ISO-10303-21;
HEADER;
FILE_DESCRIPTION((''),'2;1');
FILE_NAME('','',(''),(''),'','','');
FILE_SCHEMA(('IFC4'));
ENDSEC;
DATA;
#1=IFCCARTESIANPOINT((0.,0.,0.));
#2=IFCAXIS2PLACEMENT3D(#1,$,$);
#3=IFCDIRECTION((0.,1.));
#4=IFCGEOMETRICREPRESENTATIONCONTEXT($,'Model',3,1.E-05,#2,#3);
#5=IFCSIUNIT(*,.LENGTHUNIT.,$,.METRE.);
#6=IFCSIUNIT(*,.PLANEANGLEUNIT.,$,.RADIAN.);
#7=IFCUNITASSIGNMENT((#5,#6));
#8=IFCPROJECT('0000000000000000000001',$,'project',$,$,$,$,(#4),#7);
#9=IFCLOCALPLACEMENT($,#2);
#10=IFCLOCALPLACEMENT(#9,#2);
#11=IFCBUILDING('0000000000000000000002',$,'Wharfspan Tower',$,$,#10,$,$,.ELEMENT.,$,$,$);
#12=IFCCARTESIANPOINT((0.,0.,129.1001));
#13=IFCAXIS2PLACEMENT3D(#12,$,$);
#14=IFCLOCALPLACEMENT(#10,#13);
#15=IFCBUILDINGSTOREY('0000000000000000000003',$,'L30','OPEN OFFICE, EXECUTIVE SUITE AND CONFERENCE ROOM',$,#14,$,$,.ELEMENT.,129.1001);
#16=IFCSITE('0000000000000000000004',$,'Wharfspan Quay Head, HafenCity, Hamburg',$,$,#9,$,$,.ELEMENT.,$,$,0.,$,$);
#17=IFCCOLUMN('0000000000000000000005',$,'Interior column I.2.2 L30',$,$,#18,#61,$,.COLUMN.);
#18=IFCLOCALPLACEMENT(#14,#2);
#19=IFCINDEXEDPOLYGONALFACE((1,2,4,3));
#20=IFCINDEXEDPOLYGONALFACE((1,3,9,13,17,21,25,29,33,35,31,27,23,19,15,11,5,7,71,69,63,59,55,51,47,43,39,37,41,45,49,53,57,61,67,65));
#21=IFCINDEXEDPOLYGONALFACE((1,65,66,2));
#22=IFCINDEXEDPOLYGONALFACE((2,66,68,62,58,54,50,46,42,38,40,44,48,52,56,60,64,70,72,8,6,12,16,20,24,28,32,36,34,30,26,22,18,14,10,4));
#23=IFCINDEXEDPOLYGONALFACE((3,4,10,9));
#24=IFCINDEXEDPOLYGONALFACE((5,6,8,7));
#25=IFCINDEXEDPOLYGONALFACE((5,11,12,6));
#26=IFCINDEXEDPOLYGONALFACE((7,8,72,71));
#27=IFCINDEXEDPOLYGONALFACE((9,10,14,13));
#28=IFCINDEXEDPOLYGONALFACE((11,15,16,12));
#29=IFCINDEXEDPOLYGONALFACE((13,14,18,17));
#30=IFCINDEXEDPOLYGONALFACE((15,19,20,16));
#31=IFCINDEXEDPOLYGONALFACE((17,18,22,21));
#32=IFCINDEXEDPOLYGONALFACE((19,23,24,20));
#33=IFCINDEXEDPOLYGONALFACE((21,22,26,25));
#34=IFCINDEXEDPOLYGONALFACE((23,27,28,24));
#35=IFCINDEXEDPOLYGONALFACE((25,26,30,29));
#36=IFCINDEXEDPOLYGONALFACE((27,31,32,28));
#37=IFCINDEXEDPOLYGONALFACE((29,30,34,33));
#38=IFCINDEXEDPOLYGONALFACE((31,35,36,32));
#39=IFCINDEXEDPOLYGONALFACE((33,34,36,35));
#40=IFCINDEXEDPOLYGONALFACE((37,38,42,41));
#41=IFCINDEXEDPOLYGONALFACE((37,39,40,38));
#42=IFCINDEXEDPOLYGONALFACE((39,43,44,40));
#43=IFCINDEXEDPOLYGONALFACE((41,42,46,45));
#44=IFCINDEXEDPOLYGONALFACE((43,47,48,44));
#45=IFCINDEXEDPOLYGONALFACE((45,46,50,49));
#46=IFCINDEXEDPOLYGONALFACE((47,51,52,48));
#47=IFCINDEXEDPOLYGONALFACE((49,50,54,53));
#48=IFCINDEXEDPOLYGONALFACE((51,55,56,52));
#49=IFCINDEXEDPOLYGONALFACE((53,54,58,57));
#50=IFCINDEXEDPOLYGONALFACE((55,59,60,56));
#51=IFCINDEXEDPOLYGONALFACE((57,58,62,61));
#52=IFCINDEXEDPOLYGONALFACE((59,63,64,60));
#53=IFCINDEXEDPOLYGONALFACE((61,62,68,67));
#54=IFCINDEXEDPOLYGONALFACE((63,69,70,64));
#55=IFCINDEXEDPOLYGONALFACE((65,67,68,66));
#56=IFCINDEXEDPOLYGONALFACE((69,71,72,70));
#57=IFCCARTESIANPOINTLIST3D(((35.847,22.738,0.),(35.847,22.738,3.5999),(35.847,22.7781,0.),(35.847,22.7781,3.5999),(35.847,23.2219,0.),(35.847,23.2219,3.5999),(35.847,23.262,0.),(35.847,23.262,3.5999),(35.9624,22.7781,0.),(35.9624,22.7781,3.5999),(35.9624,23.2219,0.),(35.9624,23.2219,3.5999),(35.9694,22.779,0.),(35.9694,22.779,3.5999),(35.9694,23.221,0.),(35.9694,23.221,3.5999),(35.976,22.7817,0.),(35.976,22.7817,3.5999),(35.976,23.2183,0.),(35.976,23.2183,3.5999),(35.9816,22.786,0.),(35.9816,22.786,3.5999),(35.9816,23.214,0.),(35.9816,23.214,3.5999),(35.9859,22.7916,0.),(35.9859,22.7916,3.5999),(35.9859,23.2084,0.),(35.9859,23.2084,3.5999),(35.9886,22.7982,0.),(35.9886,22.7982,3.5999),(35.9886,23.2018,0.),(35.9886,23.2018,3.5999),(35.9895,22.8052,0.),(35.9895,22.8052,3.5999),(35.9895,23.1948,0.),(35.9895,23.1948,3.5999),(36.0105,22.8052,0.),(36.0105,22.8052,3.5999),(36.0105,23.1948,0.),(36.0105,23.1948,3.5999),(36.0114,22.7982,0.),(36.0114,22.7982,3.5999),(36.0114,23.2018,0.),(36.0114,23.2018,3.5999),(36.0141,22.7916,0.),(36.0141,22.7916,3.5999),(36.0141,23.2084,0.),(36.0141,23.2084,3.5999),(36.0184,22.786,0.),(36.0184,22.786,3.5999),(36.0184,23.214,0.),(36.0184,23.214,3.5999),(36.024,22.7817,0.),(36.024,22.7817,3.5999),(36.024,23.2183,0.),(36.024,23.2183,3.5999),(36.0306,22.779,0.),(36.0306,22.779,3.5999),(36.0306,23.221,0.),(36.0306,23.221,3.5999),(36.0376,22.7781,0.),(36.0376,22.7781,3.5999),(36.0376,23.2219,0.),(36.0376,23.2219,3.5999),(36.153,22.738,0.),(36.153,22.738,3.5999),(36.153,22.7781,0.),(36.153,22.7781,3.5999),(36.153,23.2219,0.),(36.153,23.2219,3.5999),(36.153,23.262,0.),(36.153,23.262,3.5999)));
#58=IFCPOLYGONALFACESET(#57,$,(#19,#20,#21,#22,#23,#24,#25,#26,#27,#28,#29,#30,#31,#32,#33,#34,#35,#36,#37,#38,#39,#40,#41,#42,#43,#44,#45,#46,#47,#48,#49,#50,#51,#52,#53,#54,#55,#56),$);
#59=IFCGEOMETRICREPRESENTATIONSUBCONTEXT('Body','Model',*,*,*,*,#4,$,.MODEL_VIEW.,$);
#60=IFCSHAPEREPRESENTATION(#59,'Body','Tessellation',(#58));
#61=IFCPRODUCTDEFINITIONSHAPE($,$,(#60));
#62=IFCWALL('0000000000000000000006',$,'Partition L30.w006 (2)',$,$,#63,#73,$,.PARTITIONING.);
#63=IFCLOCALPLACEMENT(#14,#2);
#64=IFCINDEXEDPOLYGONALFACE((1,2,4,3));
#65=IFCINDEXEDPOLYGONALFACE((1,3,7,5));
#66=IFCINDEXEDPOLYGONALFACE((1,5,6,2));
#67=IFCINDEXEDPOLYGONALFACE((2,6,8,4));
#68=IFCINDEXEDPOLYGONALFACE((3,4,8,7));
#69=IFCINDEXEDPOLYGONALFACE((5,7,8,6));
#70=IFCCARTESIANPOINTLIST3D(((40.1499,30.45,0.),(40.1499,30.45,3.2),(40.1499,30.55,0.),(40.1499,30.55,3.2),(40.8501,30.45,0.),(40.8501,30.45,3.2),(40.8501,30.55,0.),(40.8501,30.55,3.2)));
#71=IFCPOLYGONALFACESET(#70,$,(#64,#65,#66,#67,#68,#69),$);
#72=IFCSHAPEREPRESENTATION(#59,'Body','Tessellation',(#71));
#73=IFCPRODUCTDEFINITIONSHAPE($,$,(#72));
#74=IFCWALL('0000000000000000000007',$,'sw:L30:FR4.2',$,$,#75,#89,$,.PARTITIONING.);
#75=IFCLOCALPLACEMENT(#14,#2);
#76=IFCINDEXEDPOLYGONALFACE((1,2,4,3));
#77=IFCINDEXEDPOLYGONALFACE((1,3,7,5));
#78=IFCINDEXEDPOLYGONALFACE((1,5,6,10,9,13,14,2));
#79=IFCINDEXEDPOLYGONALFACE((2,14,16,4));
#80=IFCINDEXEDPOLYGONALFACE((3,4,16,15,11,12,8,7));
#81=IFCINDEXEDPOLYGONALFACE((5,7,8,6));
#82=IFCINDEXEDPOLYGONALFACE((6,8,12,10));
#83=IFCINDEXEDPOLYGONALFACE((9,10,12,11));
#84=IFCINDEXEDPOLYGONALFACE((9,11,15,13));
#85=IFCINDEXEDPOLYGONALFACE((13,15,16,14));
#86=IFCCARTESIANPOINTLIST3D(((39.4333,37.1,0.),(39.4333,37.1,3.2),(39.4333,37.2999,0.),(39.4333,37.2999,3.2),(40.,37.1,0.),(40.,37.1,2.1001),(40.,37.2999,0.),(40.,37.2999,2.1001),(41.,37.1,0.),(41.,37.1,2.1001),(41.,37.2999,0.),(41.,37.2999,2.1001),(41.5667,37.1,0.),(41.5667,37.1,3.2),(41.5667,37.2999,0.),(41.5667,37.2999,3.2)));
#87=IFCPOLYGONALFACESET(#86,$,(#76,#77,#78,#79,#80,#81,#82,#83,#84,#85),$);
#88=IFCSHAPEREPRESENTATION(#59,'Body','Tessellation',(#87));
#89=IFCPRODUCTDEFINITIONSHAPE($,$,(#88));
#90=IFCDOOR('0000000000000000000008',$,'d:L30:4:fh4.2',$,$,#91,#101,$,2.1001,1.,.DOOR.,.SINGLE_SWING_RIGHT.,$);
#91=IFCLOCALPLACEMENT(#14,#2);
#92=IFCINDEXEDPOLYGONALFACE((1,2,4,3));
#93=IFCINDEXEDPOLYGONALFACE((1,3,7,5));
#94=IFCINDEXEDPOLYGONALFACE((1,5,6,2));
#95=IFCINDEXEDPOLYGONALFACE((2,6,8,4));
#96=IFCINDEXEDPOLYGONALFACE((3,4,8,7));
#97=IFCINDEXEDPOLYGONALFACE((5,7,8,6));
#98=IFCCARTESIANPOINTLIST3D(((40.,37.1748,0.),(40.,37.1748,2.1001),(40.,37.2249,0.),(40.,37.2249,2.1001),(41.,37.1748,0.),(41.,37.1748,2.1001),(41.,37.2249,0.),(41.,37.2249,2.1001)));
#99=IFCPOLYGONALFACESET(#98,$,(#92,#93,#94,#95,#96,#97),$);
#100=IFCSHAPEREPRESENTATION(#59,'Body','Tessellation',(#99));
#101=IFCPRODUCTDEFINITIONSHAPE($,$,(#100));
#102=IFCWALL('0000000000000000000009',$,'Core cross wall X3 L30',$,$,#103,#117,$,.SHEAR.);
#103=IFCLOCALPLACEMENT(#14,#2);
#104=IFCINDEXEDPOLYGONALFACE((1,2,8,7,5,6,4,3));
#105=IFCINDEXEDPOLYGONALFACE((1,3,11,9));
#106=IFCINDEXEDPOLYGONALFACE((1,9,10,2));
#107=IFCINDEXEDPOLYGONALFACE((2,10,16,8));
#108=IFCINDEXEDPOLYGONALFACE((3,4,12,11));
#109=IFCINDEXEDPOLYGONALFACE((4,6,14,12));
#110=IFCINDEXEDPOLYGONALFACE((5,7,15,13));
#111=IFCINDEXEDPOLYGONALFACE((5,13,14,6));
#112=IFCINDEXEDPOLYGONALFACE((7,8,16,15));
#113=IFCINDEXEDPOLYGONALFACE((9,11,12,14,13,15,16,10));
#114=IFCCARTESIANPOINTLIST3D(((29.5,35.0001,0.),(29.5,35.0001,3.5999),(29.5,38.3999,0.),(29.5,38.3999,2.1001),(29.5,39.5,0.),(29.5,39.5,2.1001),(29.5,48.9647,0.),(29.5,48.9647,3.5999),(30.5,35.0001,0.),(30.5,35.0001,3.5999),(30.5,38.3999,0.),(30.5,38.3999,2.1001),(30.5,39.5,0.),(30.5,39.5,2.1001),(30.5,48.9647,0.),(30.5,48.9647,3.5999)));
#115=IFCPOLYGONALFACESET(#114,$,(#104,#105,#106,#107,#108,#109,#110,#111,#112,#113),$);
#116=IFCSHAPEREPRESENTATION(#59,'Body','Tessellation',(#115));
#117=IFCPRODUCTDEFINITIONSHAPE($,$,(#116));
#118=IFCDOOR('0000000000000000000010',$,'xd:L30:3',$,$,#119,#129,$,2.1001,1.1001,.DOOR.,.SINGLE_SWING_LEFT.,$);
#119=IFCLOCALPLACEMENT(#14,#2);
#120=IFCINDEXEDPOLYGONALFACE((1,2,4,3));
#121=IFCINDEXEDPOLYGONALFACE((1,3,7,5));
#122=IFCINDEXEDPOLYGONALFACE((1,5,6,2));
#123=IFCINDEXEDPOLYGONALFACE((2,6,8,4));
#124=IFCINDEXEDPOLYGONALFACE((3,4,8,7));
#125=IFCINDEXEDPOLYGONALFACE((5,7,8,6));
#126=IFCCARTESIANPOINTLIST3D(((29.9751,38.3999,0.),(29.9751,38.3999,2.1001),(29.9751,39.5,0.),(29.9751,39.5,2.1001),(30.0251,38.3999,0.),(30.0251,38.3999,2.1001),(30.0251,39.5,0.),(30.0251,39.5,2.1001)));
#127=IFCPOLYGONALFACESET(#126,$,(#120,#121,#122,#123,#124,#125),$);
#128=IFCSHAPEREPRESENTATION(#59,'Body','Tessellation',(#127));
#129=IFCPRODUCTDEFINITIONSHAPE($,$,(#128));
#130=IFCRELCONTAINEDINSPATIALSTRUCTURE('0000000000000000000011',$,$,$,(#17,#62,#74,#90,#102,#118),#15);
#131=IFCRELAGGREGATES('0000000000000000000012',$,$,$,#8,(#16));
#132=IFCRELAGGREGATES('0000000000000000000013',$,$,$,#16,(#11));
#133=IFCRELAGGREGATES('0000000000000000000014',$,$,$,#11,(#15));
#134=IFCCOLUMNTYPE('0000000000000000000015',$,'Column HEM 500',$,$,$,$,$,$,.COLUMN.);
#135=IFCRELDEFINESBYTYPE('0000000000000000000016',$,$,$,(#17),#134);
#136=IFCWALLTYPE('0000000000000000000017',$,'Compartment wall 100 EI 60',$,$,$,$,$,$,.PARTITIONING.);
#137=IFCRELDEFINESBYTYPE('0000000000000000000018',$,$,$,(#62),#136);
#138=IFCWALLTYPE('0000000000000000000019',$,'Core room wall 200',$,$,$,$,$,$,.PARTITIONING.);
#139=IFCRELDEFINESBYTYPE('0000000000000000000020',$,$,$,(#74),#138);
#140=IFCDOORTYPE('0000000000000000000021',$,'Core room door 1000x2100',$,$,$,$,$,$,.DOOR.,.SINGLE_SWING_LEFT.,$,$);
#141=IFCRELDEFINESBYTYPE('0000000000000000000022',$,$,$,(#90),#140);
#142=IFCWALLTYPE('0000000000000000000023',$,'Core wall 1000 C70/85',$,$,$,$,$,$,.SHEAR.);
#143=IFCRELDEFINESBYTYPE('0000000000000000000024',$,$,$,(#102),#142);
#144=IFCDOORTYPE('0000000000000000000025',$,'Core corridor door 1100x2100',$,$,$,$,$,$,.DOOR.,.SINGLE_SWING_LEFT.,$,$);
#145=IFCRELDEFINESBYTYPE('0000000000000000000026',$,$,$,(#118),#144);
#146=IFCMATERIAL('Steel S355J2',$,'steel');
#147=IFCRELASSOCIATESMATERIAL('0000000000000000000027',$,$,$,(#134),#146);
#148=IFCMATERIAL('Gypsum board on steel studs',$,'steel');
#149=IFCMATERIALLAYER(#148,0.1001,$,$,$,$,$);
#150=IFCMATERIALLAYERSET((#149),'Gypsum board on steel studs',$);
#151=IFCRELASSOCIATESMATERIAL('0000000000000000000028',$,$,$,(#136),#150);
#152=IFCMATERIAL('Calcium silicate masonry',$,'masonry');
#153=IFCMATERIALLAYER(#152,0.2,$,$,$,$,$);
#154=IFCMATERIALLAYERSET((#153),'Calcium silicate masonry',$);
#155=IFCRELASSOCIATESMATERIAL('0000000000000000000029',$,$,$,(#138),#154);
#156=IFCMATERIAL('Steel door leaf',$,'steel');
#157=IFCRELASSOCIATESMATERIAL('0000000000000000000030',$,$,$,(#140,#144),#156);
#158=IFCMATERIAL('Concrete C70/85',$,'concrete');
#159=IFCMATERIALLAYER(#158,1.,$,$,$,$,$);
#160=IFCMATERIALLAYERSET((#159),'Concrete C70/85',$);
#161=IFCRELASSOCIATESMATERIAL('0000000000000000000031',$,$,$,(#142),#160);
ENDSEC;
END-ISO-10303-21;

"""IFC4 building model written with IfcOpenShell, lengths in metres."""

from ifc_helpers import new_model, si_unit, direction, frame, frame_2d, origin, origin_2d, place, context, subcontext, project, spatial, rectangle, i_section, extrude, material, layer, layer_set, material_profile, profile_set, type_object, element, fill, save


model = new_model("IFC4")

# Units and contexts
model_context = context("Model", 3, precision=1e-05, world=origin(), true_north=direction((0.0, 1.0)))
body_context = subcontext(model_context, "Body", "Model", "MODEL_VIEW")
ifc_project = project(units=[si_unit("LENGTHUNIT", "METRE"), si_unit("PLANEANGLEUNIT", "RADIAN")], contexts=[model_context])

# Site, building, storey
site_placement = place(None, origin())
site = spatial("IfcSite", under=ifc_project, at=site_placement, Name="Wharfspan Quay Head, HafenCity, Hamburg", CompositionType="ELEMENT", RefElevation=0.0)
building_placement = place(site_placement, origin())
building = spatial("IfcBuilding", under=site, at=building_placement, Name="Wharfspan Tower", CompositionType="ELEMENT")
storey_placement = place(building_placement, frame((0.0, 0.0, 129.1001)))
storey = spatial("IfcBuildingStorey", under=building, at=storey_placement, Name="L30", Description="OPEN OFFICE, EXECUTIVE SUITE AND CONFERENCE ROOM", CompositionType="ELEMENT", Elevation=129.1001)

# Column
ifc_material_1 = material(Name="Steel S355J2", Category="steel")
ifc_material_profile = material_profile(ifc_material_1, i_section(OverallWidth=0.3059, OverallDepth=0.5239, WebThickness=0.021, FlangeThickness=0.04, FilletRadius=0.0271, at=origin_2d()))
ifc_profile_set = profile_set([ifc_material_profile], Name="Steel S355J2")
column_type = type_object("IfcColumnType", Name="Column HEM 500", PredefinedType="COLUMN", material=ifc_profile_set)
column_placement = place(storey_placement, frame((36.0, 23.0, 0.0), z_axis=(0.0, 0.0, 1.0), x_axis=(1.0, 0.0, 0.0)))
element("IfcColumn", 1, at=column_placement, inside=storey, type_object=column_type, Name="Interior column I.2.2 L30", PredefinedType="COLUMN", context=body_context, shape_type="SweptSolid", body=[
    extrude(i_section(OverallWidth=0.3059, OverallDepth=0.5239, WebThickness=0.021, FlangeThickness=0.04, FilletRadius=0.0271, at=origin_2d()), origin(), (0.0, 0.0, 1.0), 3.5999),
])

# Wall
ifc_material_2 = material(Name="Gypsum board on steel studs", Category="steel")
ifc_layer_1 = layer(ifc_material_2, 0.1001)
ifc_layer_set_1 = layer_set([ifc_layer_1], Name="Gypsum board on steel studs")
wall_type_1 = type_object("IfcWallType", Name="Compartment wall 100 EI 60", PredefinedType="PARTITIONING", material=ifc_layer_set_1)
wall_1_placement = place(storey_placement, frame((40.1499, 30.5, 0.0), z_axis=(0.0, 0.0, 1.0), x_axis=(1.0, 0.0, 0.0)))
element("IfcWall", 2, at=wall_1_placement, inside=storey, type_object=wall_type_1, Name="Partition L30.w006 (2)", PredefinedType="PARTITIONING", context=body_context, shape_type="SweptSolid", body=[
    extrude(rectangle(XDim=0.7002, YDim=0.1001, at=frame_2d((0.3501, 0.0))), origin(), (0.0, 0.0, 1.0), 3.2),
])

# Walls, openings, doors
ifc_material_3 = material(Name="Calcium silicate masonry", Category="masonry")
ifc_layer_2 = layer(ifc_material_3, 0.2)
ifc_layer_set_2 = layer_set([ifc_layer_2], Name="Calcium silicate masonry")
wall_type_2 = type_object("IfcWallType", Name="Core room wall 200", PredefinedType="PARTITIONING", material=ifc_layer_set_2)
wall_2_placement = place(storey_placement, frame((39.4333, 37.2, 0.0), z_axis=(0.0, 0.0, 1.0), x_axis=(1.0, 0.0, 0.0)))
wall_2 = element("IfcWall", 3, at=wall_2_placement, inside=storey, type_object=wall_type_2, Name="sw:L30:FR4.2", PredefinedType="PARTITIONING", context=body_context, shape_type="SweptSolid", body=[
    extrude(rectangle(XDim=2.1333, YDim=0.2, at=frame_2d((1.0667, 0.0))), origin(), (0.0, 0.0, 1.0), 3.2),
])
opening_1_placement = place(wall_2_placement, frame((0.5666, 0.0, 0.0)))
opening_1 = element("IfcOpeningElement", 4, at=opening_1_placement, cuts=wall_2, PredefinedType="OPENING", context=body_context, shape_type="SweptSolid", body=[
    extrude(rectangle(XDim=1.0, YDim=2.1001, at=frame_2d((0.5, 1.05))), frame((0.0, 0.1099, 0.0), z_axis=(0.0, -1.0, 0.0), x_axis=(1.0, 0.0, 0.0)), (0.0, 0.0, 1.0), 0.22),
])
ifc_material_4 = material(Name="Steel door leaf", Category="steel")
door_type_1 = type_object("IfcDoorType", Name="Core room door 1000x2100", OperationType="SINGLE_SWING_LEFT", PredefinedType="DOOR", material=ifc_material_4)
door_1_placement = place(opening_1_placement, origin())
door_1 = element("IfcDoor", 5, at=door_1_placement, inside=storey, type_object=door_type_1, Name="d:L30:4:fh4.2", OperationType="SINGLE_SWING_RIGHT", OverallHeight=2.1001, OverallWidth=1.0, PredefinedType="DOOR", context=body_context, shape_type="SweptSolid", body=[
    extrude(rectangle(XDim=1.0, YDim=2.1001, at=frame_2d((0.5, 1.05))), frame((0.0, 0.0249, 0.0), z_axis=(0.0, -1.0, 0.0), x_axis=(1.0, 0.0, 0.0)), (0.0, 0.0, 1.0), 0.05),
])
fill(opening_1, door_1)
ifc_material_5 = material(Name="Concrete C70/85", Category="concrete")
ifc_layer_3 = layer(ifc_material_5, 1.0)
ifc_layer_set_3 = layer_set([ifc_layer_3], Name="Concrete C70/85")
wall_type_3 = type_object("IfcWallType", Name="Core wall 1000 C70/85", PredefinedType="SHEAR", material=ifc_layer_set_3)
wall_3_placement = place(storey_placement, frame((30.0, 35.0, 0.0), z_axis=(0.0, 0.0, 1.0), x_axis=(0.0, 1.0, 0.0)))
wall_3 = element("IfcWall", 6, at=wall_3_placement, inside=storey, type_object=wall_type_3, Name="Core cross wall X3 L30", PredefinedType="SHEAR", context=body_context, shape_type="SweptSolid", body=[
    extrude(rectangle(XDim=13.9646, YDim=1.0, at=frame_2d((6.9824, 0.0))), origin(), (0.0, 0.0, 1.0), 3.5999),
])
opening_2_placement = place(wall_3_placement, frame((3.3999, 0.0, 0.0)))
opening_2 = element("IfcOpeningElement", 7, at=opening_2_placement, cuts=wall_3, PredefinedType="OPENING", context=body_context, shape_type="SweptSolid", body=[
    extrude(rectangle(XDim=1.1001, YDim=2.1001, at=frame_2d((0.55, 1.05))), frame((0.0, 0.51, 0.0), z_axis=(0.0, -1.0, 0.0), x_axis=(1.0, 0.0, 0.0)), (0.0, 0.0, 1.0), 1.02),
])
door_type_2 = type_object("IfcDoorType", Name="Core corridor door 1100x2100", OperationType="SINGLE_SWING_LEFT", PredefinedType="DOOR", material=ifc_material_4)
door_2_placement = place(opening_2_placement, origin())
door_2 = element("IfcDoor", 8, at=door_2_placement, inside=storey, type_object=door_type_2, Name="xd:L30:3", OperationType="SINGLE_SWING_LEFT", OverallHeight=2.1001, OverallWidth=1.1001, PredefinedType="DOOR", context=body_context, shape_type="SweptSolid", body=[
    extrude(rectangle(XDim=1.1001, YDim=2.1001, at=frame_2d((0.55, 1.05))), frame((0.0, 0.0249, 0.0), z_axis=(0.0, -1.0, 0.0), x_axis=(1.0, 0.0, 0.0)), (0.0, 0.0, 1.0), 0.05),
])
fill(opening_2, door_2)

save(model, "model.ifc")
